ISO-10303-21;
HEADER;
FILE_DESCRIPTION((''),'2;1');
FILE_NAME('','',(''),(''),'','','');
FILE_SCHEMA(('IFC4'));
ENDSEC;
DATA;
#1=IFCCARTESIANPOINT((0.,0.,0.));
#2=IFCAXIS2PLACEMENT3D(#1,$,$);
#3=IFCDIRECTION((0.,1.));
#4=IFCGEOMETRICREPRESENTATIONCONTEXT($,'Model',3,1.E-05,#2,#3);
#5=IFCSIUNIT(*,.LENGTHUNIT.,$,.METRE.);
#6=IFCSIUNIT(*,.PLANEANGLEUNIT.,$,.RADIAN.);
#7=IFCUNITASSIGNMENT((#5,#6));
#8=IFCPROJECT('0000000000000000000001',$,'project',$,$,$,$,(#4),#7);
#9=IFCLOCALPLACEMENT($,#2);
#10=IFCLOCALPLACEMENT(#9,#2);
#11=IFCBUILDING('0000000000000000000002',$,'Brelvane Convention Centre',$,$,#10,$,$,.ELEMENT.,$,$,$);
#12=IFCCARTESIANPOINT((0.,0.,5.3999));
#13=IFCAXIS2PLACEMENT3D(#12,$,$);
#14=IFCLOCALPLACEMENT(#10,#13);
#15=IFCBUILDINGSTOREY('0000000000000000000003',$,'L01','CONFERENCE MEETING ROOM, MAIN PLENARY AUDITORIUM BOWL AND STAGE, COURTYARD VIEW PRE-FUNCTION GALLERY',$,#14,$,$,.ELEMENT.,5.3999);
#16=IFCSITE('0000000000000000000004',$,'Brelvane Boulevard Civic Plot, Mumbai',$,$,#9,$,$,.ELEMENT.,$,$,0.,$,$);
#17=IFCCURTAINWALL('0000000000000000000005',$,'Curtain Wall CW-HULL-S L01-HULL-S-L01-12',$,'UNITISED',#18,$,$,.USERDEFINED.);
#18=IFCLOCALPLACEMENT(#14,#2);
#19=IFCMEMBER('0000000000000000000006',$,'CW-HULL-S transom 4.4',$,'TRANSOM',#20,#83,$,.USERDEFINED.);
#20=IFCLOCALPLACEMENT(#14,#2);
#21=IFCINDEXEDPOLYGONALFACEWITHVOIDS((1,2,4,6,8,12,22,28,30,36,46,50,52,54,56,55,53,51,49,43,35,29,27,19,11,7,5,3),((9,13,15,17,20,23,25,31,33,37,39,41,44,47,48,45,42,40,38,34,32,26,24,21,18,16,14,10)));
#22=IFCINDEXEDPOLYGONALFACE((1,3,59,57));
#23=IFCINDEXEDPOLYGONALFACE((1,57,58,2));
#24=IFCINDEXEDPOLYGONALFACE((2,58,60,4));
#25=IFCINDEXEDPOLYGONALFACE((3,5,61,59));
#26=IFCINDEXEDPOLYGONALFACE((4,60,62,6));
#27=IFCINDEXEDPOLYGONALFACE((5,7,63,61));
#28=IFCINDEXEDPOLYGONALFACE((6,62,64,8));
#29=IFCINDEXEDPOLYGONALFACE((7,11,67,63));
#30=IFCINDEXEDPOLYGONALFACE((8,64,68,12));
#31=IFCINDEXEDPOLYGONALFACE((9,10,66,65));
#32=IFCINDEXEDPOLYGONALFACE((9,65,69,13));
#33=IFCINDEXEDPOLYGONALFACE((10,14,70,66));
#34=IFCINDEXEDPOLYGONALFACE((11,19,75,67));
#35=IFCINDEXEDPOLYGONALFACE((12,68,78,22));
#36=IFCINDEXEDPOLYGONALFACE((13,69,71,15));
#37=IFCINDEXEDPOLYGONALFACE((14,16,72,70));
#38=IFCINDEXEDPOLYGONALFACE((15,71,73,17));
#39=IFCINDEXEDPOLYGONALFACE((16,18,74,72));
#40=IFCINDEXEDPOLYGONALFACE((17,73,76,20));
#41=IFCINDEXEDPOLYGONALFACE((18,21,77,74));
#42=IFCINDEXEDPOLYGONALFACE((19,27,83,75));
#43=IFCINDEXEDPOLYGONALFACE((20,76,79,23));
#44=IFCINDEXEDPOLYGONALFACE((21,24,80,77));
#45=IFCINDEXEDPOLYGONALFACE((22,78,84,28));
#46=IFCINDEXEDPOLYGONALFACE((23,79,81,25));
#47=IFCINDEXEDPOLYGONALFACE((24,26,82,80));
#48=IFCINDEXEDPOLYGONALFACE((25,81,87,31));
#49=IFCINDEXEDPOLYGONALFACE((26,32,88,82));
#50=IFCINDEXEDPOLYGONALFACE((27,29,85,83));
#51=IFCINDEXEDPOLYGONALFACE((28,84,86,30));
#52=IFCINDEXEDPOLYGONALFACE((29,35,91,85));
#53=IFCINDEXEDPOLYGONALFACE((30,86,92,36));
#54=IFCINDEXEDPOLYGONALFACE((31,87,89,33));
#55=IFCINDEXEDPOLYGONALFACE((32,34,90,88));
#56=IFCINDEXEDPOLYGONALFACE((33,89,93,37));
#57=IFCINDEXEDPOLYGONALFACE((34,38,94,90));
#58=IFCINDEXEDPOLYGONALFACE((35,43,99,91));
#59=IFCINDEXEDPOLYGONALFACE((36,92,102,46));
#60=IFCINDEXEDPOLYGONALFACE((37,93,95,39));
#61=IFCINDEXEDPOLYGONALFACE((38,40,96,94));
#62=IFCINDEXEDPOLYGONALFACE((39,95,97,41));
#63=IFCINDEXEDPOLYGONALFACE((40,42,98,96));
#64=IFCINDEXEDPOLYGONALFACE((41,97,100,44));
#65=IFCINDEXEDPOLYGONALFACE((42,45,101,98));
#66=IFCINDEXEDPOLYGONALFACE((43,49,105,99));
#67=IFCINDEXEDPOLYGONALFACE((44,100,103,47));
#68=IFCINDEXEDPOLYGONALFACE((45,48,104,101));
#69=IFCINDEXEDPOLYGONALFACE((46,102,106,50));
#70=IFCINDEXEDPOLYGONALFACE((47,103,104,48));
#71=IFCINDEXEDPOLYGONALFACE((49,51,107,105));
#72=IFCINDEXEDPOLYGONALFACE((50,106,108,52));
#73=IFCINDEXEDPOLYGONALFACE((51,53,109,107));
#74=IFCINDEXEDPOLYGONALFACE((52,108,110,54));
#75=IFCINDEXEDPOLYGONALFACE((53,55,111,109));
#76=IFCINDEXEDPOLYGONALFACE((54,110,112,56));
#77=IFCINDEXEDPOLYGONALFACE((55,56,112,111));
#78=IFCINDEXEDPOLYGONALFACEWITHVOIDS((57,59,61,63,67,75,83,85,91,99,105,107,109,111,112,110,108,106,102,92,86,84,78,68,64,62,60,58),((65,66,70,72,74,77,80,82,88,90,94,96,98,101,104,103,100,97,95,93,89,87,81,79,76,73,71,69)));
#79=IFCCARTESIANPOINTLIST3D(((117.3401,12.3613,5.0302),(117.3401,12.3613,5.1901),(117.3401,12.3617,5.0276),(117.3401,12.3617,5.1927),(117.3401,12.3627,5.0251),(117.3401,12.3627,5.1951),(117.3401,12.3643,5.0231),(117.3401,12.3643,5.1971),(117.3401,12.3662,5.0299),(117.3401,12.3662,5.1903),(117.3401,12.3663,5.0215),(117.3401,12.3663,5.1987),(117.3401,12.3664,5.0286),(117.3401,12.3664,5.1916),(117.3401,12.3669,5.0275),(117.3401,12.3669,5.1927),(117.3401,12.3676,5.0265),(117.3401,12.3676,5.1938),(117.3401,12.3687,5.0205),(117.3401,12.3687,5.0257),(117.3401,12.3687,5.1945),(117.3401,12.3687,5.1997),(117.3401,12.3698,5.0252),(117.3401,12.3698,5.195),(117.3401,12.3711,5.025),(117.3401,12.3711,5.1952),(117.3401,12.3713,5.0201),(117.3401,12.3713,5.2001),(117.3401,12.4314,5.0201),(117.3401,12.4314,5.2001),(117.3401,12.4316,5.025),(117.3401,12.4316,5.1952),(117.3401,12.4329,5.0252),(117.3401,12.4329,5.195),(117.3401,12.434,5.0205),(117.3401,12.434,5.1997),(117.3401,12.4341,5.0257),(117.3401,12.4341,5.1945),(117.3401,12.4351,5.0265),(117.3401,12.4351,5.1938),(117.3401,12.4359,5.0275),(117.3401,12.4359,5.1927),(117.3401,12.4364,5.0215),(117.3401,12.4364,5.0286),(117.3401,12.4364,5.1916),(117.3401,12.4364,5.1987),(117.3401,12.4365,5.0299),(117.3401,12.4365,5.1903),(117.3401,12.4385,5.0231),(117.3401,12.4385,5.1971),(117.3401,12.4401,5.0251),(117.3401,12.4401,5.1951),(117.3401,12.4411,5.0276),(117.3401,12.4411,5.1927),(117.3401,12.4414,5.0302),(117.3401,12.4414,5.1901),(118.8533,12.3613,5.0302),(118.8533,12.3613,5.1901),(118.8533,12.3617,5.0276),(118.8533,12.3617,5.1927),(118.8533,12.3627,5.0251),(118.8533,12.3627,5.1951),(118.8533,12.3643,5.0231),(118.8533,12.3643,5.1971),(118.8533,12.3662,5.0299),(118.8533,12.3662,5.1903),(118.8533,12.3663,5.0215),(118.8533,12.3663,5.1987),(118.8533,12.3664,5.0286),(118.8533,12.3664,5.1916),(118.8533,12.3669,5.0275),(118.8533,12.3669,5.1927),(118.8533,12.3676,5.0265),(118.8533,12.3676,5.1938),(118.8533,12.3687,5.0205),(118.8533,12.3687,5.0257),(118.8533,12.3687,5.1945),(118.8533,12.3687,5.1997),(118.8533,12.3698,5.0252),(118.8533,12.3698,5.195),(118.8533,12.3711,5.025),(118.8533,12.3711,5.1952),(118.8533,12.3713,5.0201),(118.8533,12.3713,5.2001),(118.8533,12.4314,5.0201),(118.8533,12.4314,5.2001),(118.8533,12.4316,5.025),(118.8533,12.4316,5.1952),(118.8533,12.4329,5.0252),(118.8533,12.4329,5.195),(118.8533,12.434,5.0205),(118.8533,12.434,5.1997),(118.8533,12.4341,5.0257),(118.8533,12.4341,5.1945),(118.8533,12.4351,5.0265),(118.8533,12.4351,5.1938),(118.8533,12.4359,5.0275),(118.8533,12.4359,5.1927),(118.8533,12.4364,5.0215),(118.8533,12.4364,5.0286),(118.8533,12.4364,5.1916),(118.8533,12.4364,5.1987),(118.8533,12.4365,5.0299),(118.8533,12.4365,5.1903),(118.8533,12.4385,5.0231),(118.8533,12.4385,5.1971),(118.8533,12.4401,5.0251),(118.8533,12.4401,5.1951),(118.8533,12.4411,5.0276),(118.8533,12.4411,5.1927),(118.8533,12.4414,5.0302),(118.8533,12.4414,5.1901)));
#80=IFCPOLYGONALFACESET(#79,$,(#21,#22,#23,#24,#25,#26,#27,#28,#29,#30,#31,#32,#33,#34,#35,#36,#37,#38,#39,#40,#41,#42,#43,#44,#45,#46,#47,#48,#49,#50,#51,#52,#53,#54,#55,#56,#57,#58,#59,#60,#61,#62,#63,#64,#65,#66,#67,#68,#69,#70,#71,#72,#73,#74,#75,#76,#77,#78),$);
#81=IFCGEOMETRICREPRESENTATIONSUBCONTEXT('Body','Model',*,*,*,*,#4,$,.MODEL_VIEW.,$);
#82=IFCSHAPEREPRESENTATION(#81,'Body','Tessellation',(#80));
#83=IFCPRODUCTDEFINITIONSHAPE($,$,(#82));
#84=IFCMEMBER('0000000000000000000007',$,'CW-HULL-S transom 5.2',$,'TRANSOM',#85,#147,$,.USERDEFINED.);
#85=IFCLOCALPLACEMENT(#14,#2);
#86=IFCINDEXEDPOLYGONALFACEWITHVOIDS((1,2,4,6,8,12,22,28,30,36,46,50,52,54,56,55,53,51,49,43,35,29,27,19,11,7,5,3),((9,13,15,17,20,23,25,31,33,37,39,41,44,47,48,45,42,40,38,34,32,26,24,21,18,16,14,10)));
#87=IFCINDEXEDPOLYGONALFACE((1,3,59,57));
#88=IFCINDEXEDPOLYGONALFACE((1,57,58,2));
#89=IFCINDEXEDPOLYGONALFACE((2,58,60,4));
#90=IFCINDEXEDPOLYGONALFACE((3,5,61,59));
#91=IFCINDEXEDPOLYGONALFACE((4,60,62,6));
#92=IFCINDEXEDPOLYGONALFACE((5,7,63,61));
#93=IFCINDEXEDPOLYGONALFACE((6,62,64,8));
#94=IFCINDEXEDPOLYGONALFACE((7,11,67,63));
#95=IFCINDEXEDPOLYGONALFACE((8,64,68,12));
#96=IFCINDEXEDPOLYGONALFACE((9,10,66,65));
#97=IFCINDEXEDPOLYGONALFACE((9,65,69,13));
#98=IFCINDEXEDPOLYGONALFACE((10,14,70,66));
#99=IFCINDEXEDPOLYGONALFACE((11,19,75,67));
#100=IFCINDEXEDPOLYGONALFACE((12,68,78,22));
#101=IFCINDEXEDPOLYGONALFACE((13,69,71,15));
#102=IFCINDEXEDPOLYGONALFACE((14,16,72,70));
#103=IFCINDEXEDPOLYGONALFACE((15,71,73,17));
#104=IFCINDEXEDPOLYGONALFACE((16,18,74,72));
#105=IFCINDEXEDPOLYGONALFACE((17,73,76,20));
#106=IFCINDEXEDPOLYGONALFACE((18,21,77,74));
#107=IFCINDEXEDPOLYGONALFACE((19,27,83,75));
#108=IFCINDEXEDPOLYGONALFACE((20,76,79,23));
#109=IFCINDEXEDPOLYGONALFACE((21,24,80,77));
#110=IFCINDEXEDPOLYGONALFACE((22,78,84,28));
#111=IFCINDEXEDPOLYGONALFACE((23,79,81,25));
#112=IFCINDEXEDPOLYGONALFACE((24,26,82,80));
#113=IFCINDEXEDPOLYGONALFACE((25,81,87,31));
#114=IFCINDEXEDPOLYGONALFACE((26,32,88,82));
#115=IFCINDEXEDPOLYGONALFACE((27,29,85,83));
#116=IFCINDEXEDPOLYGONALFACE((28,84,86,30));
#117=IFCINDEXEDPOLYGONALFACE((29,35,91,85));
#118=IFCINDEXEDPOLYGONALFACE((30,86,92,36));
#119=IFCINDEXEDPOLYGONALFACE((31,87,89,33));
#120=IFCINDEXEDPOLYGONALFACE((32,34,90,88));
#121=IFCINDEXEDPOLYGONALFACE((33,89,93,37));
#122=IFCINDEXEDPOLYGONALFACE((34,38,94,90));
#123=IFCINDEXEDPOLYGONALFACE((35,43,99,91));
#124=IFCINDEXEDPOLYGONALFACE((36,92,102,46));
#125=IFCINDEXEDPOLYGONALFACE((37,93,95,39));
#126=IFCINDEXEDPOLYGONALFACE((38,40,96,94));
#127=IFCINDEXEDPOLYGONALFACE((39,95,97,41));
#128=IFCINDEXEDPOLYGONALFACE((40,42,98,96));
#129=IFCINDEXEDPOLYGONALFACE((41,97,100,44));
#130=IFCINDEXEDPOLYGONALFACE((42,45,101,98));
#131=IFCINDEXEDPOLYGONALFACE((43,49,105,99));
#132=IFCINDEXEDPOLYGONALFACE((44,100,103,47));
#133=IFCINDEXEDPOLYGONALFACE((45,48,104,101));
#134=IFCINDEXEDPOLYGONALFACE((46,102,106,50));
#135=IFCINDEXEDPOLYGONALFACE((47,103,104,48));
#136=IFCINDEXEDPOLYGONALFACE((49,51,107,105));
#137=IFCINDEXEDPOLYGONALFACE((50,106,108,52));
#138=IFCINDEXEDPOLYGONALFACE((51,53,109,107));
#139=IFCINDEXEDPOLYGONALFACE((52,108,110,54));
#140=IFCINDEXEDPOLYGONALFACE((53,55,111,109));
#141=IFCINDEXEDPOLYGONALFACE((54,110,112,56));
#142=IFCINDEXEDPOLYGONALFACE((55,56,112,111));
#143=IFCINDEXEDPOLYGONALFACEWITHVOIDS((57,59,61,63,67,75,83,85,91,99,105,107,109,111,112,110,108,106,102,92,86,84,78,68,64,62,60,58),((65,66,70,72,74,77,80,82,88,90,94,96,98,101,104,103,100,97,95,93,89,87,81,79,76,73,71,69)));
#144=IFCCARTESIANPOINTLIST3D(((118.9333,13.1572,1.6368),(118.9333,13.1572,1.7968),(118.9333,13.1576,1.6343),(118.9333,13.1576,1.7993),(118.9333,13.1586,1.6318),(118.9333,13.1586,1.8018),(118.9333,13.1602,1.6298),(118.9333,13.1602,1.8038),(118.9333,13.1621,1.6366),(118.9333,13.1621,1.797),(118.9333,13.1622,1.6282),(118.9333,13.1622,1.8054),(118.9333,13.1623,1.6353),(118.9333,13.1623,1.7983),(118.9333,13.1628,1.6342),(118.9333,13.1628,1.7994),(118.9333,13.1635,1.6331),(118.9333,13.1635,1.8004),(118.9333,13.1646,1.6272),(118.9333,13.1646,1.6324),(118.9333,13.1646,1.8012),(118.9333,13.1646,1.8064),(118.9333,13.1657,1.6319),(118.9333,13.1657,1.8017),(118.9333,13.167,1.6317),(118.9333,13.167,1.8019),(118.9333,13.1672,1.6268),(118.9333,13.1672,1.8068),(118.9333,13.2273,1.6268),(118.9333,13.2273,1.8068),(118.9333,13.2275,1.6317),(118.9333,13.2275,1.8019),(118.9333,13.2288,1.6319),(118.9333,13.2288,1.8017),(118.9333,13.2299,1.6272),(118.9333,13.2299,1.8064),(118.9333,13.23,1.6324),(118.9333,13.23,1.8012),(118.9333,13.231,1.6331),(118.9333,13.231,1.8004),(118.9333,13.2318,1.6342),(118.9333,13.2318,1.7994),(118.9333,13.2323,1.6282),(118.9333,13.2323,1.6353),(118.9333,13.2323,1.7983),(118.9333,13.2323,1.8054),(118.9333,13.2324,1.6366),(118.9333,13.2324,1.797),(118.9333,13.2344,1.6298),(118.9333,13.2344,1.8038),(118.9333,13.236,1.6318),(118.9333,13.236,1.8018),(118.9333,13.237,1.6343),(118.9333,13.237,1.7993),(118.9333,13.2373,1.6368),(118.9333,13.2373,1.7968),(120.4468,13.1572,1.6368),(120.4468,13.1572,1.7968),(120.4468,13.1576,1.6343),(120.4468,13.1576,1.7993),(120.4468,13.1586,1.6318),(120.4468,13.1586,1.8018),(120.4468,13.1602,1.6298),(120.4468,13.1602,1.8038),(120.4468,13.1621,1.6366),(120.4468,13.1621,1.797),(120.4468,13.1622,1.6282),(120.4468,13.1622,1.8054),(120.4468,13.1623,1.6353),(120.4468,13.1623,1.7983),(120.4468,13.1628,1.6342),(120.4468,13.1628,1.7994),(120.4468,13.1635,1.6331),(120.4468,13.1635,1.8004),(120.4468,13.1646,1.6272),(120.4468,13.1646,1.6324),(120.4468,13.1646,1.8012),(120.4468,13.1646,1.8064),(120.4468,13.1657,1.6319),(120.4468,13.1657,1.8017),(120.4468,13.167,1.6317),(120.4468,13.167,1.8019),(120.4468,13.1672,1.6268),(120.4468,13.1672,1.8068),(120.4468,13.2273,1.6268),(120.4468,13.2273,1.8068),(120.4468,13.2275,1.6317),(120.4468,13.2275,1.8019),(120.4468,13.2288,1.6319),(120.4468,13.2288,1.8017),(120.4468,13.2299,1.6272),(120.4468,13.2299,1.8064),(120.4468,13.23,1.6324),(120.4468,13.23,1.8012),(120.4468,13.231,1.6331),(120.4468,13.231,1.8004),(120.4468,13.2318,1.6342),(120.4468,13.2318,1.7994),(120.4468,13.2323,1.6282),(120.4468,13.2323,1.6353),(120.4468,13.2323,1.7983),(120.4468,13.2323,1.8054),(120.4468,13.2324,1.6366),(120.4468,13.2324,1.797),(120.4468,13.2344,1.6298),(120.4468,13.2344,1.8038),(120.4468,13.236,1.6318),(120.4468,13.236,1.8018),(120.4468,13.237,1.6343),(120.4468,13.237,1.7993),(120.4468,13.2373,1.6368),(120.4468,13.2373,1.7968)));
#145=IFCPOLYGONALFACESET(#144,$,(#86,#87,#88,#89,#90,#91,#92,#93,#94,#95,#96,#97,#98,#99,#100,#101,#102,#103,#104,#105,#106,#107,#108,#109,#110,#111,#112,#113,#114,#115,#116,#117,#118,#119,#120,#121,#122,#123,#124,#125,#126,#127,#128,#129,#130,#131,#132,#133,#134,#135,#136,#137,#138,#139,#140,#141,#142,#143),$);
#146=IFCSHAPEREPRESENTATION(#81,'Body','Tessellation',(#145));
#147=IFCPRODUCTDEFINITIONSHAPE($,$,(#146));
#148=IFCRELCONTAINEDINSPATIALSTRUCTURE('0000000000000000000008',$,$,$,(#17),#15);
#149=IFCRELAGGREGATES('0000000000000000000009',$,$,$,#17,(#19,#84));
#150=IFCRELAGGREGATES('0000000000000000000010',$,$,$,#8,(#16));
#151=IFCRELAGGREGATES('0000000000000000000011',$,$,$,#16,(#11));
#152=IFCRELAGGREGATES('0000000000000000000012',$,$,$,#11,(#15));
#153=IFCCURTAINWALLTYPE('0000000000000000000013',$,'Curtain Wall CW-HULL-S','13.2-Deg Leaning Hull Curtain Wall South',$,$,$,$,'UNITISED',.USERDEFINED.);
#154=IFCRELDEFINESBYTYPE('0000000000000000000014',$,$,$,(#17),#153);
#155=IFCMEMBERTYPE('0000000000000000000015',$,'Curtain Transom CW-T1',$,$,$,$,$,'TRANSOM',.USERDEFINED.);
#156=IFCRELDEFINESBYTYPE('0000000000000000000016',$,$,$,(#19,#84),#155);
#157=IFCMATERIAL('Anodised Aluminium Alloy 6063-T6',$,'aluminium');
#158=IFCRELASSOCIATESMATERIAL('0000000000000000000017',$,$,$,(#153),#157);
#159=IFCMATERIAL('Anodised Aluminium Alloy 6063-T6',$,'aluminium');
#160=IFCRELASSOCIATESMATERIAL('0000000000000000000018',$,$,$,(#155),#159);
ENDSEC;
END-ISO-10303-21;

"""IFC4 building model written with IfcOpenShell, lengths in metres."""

from ifc_helpers import new_model, si_unit, direction, frame, origin, origin_2d, place, context, subcontext, project, spatial, hollow_rectangle, extrude, material, material_profile, profile_set, type_object, element, aggregate, save


model = new_model("IFC4")

# Units and contexts
model_context = context("Model", 3, precision=1e-05, world=origin(), true_north=direction((0.0, 1.0)))
body_context = subcontext(model_context, "Body", "Model", "MODEL_VIEW")
ifc_project = project(units=[si_unit("LENGTHUNIT", "METRE"), si_unit("PLANEANGLEUNIT", "RADIAN")], contexts=[model_context])

# Site, building, storey
site_placement = place(None, origin())
site = spatial("IfcSite", under=ifc_project, at=site_placement, Name="Brelvane Boulevard Civic Plot, Mumbai", CompositionType="ELEMENT", RefElevation=0.0)
building_placement = place(site_placement, origin())
building = spatial("IfcBuilding", under=site, at=building_placement, Name="Brelvane Convention Centre", CompositionType="ELEMENT")
storey_placement = place(building_placement, frame((0.0, 0.0, 5.3999)))
storey = spatial("IfcBuildingStorey", under=building, at=storey_placement, Name="L01", Description="CONFERENCE MEETING ROOM, MAIN PLENARY AUDITORIUM BOWL AND STAGE, COURTYARD VIEW PRE-FUNCTION GALLERY", CompositionType="ELEMENT", Elevation=5.3999)

# Curtain wall, members
ifc_material_1 = material(Name="Anodised Aluminium Alloy 6063-T6", Category="aluminium")
curtain_wall_type = type_object("IfcCurtainWallType", Name="Curtain Wall CW-HULL-S", Description="13.2-Deg Leaning Hull Curtain Wall South", ElementType="UNITISED", PredefinedType="USERDEFINED", material=ifc_material_1)
ifc_material_2 = material(Name="Anodised Aluminium Alloy 6063-T6", Category="aluminium")
ifc_material_profile = material_profile(ifc_material_2, hollow_rectangle(XDim=0.0801, YDim=0.1799, WallThickness=0.0049, InnerFilletRadius=0.0049, OuterFilletRadius=0.01, at=origin_2d()), Name="ALU-T 180x80x5.0")
ifc_profile_set = profile_set([ifc_material_profile], Name="Anodised Aluminium Alloy 6063-T6")
member_type = type_object("IfcMemberType", Name="Curtain Transom CW-T1", ElementType="TRANSOM", PredefinedType="USERDEFINED", material=ifc_profile_set)
curtain_wall_1_placement = place(storey_placement, origin())
curtain_wall_1 = element("IfcCurtainWall", 1, at=curtain_wall_1_placement, inside=storey, type_object=curtain_wall_type, Name="Curtain Wall CW-HULL-S L01-HULL-S-L01-12", ObjectType="UNITISED", PredefinedType="USERDEFINED")
member_1_placement = place(storey_placement, frame((117.3401, 12.4014, 5.1101), z_axis=(1.0, 0.0, 0.0), x_axis=(0.0, 1.0, 0.0)))
member_1 = element("IfcMember", 2, at=member_1_placement, type_object=member_type, Name="CW-HULL-S transom 4.4", ObjectType="TRANSOM", PredefinedType="USERDEFINED", context=body_context, shape_type="SweptSolid", body=[
    extrude(hollow_rectangle(XDim=0.0801, YDim=0.1799, WallThickness=0.0049, InnerFilletRadius=0.0049, OuterFilletRadius=0.01, at=origin_2d()), origin(), (0.0, 0.0, 1.0), 1.5132),
])
member_2_placement = place(storey_placement, frame((118.9333, 13.1973, 1.7168), z_axis=(1.0, 0.0, 0.0), x_axis=(0.0, 1.0, 0.0)))
member_2 = element("IfcMember", 3, at=member_2_placement, type_object=member_type, Name="CW-HULL-S transom 5.2", ObjectType="TRANSOM", PredefinedType="USERDEFINED", context=body_context, shape_type="SweptSolid", body=[
    extrude(hollow_rectangle(XDim=0.0801, YDim=0.1799, WallThickness=0.0049, InnerFilletRadius=0.0049, OuterFilletRadius=0.01, at=origin_2d()), origin(), (0.0, 0.0, 1.0), 1.5134),
])

aggregate(curtain_wall_1, [member_1, member_2])

save(model, "model.ifc")
